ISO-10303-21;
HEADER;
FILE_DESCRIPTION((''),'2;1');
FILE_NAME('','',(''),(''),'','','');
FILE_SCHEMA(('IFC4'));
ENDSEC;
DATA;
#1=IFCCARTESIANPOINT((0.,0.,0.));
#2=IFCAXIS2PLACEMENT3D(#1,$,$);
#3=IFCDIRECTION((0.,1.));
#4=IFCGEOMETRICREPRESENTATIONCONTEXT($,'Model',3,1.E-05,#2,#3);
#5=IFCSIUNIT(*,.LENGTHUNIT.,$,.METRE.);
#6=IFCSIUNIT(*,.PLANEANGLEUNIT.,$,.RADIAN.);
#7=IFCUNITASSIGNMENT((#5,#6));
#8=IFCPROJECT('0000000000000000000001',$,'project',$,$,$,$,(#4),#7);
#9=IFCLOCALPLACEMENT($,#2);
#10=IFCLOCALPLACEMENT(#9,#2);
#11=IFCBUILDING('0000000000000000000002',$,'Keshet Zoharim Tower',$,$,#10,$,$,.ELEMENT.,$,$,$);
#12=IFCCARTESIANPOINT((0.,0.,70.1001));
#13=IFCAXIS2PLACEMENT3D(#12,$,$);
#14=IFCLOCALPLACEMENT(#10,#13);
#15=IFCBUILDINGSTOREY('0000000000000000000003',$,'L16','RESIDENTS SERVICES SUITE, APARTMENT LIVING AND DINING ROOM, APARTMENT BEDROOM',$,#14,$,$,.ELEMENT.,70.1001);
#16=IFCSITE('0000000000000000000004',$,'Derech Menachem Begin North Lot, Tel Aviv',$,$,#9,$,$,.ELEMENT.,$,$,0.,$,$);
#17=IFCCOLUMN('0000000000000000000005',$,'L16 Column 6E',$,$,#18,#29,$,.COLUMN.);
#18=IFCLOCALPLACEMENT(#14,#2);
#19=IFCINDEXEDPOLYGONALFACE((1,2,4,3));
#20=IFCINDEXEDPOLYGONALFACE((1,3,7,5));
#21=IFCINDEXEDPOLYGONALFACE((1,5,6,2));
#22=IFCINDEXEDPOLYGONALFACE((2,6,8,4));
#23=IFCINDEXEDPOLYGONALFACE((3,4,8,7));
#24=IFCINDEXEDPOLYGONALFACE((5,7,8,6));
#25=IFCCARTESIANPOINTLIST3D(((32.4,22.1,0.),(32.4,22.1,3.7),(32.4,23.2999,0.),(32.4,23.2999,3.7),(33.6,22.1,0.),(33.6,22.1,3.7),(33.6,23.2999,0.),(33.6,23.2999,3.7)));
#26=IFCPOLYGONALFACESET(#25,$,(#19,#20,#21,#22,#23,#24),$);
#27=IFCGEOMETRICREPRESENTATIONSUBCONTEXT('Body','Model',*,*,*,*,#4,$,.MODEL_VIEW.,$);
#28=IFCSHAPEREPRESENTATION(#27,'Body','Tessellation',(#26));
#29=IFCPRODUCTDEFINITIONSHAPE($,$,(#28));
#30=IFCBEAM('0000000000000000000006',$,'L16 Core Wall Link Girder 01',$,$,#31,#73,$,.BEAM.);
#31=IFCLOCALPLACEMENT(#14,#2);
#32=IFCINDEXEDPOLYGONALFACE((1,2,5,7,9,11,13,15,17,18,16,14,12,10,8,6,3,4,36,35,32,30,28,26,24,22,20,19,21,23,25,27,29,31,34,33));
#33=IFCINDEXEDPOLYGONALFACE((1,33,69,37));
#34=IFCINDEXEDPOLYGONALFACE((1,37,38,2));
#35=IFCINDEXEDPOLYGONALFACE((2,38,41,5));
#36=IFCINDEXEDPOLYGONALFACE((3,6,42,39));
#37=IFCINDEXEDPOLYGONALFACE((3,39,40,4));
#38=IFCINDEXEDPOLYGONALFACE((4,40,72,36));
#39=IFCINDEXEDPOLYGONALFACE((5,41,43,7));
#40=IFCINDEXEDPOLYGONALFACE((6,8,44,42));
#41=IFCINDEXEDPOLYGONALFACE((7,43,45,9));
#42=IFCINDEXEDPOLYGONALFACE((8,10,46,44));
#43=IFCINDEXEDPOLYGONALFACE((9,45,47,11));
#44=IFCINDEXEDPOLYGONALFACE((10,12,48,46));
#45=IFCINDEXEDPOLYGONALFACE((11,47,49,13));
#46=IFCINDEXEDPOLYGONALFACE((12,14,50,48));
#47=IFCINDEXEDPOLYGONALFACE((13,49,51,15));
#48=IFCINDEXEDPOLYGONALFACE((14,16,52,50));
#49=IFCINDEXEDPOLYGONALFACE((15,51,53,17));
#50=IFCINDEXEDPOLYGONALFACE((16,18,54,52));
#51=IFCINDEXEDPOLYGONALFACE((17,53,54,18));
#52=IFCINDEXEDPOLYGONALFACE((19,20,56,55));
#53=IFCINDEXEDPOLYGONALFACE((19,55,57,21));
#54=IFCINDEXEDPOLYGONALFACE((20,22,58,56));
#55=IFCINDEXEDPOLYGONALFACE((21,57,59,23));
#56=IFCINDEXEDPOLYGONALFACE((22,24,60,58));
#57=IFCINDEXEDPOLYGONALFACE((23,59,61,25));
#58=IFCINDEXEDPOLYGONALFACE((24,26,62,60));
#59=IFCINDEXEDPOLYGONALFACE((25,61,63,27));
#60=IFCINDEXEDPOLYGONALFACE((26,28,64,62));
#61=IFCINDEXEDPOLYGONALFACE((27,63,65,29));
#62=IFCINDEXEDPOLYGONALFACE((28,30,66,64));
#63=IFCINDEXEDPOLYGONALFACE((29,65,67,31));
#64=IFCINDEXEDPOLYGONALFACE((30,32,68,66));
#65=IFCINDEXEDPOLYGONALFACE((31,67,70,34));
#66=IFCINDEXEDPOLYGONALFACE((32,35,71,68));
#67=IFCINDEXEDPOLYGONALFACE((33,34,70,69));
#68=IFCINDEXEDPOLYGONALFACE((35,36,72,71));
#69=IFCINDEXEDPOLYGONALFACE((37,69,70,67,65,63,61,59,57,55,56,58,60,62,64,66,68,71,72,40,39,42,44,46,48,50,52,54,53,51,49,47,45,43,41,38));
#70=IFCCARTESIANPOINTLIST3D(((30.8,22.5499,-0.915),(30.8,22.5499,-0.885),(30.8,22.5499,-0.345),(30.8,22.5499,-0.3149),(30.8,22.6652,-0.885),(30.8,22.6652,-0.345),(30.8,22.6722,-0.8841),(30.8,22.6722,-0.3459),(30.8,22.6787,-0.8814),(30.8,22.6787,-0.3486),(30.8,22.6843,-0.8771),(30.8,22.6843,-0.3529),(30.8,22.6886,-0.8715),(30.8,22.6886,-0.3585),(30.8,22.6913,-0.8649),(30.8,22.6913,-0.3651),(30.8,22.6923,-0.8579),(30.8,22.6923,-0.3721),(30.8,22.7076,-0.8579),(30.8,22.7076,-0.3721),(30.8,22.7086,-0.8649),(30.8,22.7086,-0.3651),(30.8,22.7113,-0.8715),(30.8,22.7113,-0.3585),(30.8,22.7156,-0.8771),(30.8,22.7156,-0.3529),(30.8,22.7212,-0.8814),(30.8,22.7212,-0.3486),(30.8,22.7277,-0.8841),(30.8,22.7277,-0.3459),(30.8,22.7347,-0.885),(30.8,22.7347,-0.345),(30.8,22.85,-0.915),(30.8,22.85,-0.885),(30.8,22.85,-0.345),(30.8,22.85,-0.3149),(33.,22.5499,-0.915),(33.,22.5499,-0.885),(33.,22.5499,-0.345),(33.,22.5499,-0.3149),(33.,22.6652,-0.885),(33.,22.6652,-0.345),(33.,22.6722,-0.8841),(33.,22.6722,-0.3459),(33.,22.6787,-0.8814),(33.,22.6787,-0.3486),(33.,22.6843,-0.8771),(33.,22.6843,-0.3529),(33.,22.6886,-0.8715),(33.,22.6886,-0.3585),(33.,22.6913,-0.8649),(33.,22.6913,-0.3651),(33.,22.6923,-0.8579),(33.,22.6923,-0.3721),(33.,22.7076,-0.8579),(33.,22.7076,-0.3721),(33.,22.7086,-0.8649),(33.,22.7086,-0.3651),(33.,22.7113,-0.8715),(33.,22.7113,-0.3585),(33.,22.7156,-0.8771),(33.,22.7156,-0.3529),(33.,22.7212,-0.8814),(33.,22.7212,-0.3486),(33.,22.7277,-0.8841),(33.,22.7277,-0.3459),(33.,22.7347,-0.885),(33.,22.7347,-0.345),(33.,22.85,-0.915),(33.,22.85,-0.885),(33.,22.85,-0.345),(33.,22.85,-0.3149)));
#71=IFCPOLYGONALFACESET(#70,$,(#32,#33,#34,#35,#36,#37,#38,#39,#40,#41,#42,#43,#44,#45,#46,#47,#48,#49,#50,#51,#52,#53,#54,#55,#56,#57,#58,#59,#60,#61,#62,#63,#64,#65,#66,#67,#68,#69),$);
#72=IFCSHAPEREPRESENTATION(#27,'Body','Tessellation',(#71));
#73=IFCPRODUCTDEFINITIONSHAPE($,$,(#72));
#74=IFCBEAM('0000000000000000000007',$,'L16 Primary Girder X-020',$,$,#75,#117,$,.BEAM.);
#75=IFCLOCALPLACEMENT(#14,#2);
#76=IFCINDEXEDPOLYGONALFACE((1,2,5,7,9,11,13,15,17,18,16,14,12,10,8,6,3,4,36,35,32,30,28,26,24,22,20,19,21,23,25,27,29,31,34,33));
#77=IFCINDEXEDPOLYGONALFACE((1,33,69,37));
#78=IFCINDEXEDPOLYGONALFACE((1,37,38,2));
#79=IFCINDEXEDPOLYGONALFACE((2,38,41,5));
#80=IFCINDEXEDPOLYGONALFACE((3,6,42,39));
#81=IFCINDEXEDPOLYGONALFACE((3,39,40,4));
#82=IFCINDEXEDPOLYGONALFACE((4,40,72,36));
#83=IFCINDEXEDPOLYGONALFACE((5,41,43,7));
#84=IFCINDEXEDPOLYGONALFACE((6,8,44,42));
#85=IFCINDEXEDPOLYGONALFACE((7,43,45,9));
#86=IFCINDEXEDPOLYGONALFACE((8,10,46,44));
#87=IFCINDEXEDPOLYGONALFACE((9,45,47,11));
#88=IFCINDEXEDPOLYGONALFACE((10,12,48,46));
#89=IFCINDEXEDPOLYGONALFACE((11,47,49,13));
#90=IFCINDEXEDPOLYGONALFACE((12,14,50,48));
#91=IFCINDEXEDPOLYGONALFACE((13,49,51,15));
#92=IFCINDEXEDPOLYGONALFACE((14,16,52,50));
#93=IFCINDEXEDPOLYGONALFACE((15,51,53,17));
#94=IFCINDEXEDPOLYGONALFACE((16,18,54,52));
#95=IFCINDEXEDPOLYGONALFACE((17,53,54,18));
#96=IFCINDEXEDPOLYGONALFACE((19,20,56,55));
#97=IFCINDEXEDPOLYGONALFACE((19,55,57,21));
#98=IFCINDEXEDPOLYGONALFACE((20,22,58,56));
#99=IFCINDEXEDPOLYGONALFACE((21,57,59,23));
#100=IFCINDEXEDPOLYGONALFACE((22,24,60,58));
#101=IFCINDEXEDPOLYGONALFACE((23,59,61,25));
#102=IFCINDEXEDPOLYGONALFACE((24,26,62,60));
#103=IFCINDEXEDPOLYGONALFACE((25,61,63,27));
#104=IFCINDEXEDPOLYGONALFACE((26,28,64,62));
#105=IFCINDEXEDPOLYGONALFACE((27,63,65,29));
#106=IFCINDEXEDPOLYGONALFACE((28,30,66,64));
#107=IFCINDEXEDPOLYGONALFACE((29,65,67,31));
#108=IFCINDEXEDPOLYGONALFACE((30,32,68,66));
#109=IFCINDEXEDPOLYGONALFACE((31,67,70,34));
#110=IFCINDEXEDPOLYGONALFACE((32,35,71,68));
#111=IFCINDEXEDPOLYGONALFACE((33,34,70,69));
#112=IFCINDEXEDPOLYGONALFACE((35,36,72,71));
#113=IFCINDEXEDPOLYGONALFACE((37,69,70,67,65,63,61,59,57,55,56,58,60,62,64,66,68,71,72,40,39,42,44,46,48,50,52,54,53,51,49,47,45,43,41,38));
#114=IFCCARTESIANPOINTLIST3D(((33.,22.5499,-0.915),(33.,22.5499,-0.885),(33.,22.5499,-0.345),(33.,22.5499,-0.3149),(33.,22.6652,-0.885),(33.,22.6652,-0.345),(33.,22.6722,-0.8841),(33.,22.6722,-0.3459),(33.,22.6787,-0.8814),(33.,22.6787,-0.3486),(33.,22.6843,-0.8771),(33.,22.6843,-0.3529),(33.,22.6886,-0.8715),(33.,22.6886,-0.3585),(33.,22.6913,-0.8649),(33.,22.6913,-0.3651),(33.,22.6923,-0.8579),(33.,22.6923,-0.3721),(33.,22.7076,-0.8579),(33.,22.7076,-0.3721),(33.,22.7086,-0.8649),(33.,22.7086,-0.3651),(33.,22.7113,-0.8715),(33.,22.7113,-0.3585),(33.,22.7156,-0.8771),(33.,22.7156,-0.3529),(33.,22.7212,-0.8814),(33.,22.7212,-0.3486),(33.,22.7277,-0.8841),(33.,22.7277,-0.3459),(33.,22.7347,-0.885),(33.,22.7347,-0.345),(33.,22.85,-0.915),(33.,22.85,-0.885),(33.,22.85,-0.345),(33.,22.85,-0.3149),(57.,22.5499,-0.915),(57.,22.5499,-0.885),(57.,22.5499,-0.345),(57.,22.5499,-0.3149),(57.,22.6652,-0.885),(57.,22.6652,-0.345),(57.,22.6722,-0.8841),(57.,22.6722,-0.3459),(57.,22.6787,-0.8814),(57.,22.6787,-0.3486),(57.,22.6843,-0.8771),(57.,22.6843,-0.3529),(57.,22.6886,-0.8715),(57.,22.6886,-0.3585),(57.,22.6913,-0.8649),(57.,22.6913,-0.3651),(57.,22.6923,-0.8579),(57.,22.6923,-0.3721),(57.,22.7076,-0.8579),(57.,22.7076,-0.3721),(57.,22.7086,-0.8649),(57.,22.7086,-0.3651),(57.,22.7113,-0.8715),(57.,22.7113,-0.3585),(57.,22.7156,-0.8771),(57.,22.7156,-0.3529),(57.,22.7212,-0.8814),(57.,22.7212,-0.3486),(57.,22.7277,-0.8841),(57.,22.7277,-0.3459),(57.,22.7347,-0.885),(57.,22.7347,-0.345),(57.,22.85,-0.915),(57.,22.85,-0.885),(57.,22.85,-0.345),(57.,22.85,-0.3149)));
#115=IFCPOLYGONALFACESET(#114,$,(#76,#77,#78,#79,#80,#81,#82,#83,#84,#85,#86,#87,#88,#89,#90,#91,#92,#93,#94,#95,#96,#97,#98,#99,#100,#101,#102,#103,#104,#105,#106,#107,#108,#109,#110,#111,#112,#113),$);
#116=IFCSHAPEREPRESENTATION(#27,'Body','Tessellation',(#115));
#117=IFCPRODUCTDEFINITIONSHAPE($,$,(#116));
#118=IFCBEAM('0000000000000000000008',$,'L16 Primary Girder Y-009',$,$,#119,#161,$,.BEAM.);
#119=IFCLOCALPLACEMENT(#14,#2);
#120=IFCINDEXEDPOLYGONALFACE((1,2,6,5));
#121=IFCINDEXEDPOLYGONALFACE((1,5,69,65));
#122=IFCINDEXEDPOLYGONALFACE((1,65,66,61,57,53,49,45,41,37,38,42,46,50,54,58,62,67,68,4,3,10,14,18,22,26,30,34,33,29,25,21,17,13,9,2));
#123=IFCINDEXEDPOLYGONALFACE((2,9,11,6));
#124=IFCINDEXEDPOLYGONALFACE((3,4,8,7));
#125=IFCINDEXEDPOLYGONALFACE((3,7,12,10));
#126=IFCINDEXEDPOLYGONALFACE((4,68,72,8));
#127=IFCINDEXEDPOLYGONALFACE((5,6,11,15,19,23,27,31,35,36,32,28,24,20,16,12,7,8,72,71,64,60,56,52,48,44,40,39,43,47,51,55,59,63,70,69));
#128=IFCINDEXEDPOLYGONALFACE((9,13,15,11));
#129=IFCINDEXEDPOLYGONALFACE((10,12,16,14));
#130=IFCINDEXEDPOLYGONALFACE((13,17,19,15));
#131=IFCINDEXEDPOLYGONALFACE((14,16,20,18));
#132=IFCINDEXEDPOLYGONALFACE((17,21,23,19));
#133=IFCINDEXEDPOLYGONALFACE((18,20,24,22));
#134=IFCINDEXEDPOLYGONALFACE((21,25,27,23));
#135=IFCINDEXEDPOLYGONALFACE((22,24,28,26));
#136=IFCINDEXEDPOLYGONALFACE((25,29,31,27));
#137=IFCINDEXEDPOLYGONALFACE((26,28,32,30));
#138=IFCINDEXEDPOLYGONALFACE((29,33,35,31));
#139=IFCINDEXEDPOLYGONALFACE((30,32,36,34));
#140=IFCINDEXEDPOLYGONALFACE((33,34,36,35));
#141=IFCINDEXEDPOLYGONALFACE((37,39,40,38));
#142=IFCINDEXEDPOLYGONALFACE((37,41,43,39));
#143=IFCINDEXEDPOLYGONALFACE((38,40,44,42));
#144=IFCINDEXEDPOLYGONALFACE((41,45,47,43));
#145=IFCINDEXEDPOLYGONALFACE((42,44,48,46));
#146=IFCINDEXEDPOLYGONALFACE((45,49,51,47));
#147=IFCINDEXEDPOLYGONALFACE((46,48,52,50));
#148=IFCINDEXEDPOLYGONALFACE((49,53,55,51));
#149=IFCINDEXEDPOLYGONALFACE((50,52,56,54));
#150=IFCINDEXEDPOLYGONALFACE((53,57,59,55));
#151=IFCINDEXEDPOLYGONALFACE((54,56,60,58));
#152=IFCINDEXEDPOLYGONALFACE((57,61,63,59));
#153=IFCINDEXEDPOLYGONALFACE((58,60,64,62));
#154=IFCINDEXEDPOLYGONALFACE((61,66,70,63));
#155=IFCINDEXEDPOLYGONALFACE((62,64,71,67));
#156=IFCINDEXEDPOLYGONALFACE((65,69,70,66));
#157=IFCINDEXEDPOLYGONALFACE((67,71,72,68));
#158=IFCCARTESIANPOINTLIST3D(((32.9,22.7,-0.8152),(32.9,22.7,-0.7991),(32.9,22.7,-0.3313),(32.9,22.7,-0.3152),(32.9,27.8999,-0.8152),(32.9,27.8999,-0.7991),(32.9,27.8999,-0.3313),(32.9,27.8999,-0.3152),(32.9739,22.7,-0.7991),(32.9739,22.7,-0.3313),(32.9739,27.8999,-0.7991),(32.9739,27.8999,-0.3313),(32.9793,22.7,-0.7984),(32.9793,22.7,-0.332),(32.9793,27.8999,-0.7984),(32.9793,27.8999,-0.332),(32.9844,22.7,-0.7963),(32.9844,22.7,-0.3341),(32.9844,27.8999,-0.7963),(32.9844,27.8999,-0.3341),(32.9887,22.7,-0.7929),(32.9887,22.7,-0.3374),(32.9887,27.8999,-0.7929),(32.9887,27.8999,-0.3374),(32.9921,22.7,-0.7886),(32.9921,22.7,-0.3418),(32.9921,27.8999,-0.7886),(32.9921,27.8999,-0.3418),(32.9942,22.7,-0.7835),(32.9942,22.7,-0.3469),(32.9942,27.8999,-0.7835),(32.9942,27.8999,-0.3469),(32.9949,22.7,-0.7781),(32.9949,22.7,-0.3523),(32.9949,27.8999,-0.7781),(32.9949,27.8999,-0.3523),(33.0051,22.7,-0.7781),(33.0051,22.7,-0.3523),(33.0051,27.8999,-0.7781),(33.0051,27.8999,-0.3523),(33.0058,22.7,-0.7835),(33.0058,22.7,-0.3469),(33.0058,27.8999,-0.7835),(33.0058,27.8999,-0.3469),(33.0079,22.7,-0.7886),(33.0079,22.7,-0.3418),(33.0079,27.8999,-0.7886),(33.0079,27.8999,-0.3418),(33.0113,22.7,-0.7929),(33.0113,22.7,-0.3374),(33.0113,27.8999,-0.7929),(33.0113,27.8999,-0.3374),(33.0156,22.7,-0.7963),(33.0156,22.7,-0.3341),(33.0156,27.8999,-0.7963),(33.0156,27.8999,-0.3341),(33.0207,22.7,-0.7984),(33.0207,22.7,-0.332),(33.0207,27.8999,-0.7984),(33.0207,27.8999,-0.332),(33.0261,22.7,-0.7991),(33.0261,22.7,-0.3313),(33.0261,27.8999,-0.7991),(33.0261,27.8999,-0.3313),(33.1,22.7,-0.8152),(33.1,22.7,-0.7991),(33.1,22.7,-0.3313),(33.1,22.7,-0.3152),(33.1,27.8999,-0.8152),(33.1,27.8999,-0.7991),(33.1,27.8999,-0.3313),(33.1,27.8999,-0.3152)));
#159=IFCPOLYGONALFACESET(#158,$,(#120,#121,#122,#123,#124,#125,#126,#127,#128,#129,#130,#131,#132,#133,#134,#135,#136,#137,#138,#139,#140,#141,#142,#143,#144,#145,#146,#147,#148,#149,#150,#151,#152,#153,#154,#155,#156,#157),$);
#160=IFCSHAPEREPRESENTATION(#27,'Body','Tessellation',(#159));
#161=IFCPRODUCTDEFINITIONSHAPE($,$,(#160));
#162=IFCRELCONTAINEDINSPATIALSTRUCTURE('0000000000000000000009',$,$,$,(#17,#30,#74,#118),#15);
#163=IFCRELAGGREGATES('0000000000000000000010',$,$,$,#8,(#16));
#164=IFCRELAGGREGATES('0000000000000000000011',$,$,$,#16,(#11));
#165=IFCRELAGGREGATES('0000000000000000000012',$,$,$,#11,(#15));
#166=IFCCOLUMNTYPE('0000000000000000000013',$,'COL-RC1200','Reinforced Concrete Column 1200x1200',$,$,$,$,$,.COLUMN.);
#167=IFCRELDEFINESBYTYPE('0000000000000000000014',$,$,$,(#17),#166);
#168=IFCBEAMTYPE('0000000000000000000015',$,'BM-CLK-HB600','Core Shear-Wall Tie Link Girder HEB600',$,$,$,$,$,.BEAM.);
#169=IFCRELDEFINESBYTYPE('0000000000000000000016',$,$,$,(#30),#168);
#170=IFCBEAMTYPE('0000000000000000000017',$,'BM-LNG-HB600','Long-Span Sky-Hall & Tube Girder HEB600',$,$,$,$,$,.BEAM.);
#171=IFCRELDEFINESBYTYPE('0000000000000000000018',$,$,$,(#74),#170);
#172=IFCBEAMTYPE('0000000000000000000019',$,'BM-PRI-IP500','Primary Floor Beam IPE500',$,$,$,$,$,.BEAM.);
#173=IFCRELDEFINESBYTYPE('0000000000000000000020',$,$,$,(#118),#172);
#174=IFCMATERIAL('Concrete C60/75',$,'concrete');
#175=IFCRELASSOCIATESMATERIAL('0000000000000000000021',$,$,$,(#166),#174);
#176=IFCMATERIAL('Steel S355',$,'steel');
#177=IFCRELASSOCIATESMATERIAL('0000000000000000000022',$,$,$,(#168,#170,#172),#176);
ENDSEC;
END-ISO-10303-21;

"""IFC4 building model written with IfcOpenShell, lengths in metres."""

from ifc_helpers import new_model, si_unit, direction, frame, origin, origin_2d, place, context, subcontext, project, spatial, rectangle, i_section, extrude, material, material_profile, profile_set, type_object, element, save


model = new_model("IFC4")

# Units and contexts
model_context = context("Model", 3, precision=1e-05, world=origin(), true_north=direction((0.0, 1.0)))
body_context = subcontext(model_context, "Body", "Model", "MODEL_VIEW")
ifc_project = project(units=[si_unit("LENGTHUNIT", "METRE"), si_unit("PLANEANGLEUNIT", "RADIAN")], contexts=[model_context])

# Site, building, storey
site_placement = place(None, origin())
site = spatial("IfcSite", under=ifc_project, at=site_placement, Name="Derech Menachem Begin North Lot, Tel Aviv", CompositionType="ELEMENT", RefElevation=0.0)
building_placement = place(site_placement, origin())
building = spatial("IfcBuilding", under=site, at=building_placement, Name="Keshet Zoharim Tower", CompositionType="ELEMENT")
storey_placement = place(building_placement, frame((0.0, 0.0, 70.1001)))
storey = spatial("IfcBuildingStorey", under=building, at=storey_placement, Name="L16", Description="RESIDENTS SERVICES SUITE, APARTMENT LIVING AND DINING ROOM, APARTMENT BEDROOM", CompositionType="ELEMENT", Elevation=70.1001)

# Column
ifc_material_1 = material(Name="Concrete C60/75", Category="concrete")
ifc_material_profile_1 = material_profile(ifc_material_1, rectangle(XDim=1.2, YDim=1.2, at=origin_2d()), Name="RC1200x1200")
ifc_profile_set_1 = profile_set([ifc_material_profile_1], Name="Concrete C60/75")
column_type = type_object("IfcColumnType", Name="COL-RC1200", Description="Reinforced Concrete Column 1200x1200", PredefinedType="COLUMN", material=ifc_profile_set_1)
column_placement = place(storey_placement, frame((33.0, 22.7, 0.0), z_axis=(0.0, 0.0, 1.0), x_axis=(1.0, 0.0, 0.0)))
element("IfcColumn", 1, at=column_placement, inside=storey, type_object=column_type, Name="L16 Column 6E", PredefinedType="COLUMN", context=body_context, shape_type="SweptSolid", body=[
    extrude(rectangle(XDim=1.2, YDim=1.2, at=origin_2d()), origin(), (0.0, 0.0, 1.0), 3.7),
])

# Beams
ifc_material_2 = material(Name="Steel S355", Category="steel")
ifc_material_profile_2 = material_profile(ifc_material_2, i_section(OverallWidth=0.3, OverallDepth=0.6001, WebThickness=0.0154, FlangeThickness=0.03, FilletRadius=0.0271, at=origin_2d()), Name="HEB600")
ifc_profile_set_2 = profile_set([ifc_material_profile_2], Name="Steel S355")
beam_type_1 = type_object("IfcBeamType", Name="BM-CLK-HB600", Description="Core Shear-Wall Tie Link Girder HEB600", PredefinedType="BEAM", material=ifc_profile_set_2)
beam_1_placement = place(storey_placement, frame((30.8, 22.7, -0.615), z_axis=(1.0, 0.0, 0.0), x_axis=(0.0, 1.0, 0.0)))
element("IfcBeam", 2, at=beam_1_placement, inside=storey, type_object=beam_type_1, Name="L16 Core Wall Link Girder 01", PredefinedType="BEAM", context=body_context, shape_type="SweptSolid", body=[
    extrude(i_section(OverallWidth=0.3, OverallDepth=0.6001, WebThickness=0.0154, FlangeThickness=0.03, FilletRadius=0.0271, at=origin_2d()), origin(), (0.0, 0.0, 1.0), 2.2),
])
ifc_material_profile_3 = material_profile(ifc_material_2, i_section(OverallWidth=0.3, OverallDepth=0.6001, WebThickness=0.0154, FlangeThickness=0.03, FilletRadius=0.0271, at=origin_2d()), Name="HEB600")
ifc_profile_set_3 = profile_set([ifc_material_profile_3], Name="Steel S355")
beam_type_2 = type_object("IfcBeamType", Name="BM-LNG-HB600", Description="Long-Span Sky-Hall & Tube Girder HEB600", PredefinedType="BEAM", material=ifc_profile_set_3)
beam_2_placement = place(storey_placement, frame((33.0, 22.7, -0.615), z_axis=(1.0, 0.0, 0.0), x_axis=(0.0, 1.0, 0.0)))
element("IfcBeam", 3, at=beam_2_placement, inside=storey, type_object=beam_type_2, Name="L16 Primary Girder X-020", PredefinedType="BEAM", context=body_context, shape_type="SweptSolid", body=[
    extrude(i_section(OverallWidth=0.3, OverallDepth=0.6001, WebThickness=0.0154, FlangeThickness=0.03, FilletRadius=0.0271, at=origin_2d()), origin(), (0.0, 0.0, 1.0), 24.0),
])
ifc_material_profile_4 = material_profile(ifc_material_2, i_section(OverallWidth=0.2, OverallDepth=0.5, WebThickness=0.0103, FlangeThickness=0.0161, FilletRadius=0.021, at=origin_2d()), Name="IPE500")
ifc_profile_set_4 = profile_set([ifc_material_profile_4], Name="Steel S355")
beam_type_3 = type_object("IfcBeamType", Name="BM-PRI-IP500", Description="Primary Floor Beam IPE500", PredefinedType="BEAM", material=ifc_profile_set_4)
beam_3_placement = place(storey_placement, frame((33.0, 22.7, -0.5652), z_axis=(0.0, 1.0, 0.0), x_axis=(-1.0, 0.0, 0.0)))
element("IfcBeam", 4, at=beam_3_placement, inside=storey, type_object=beam_type_3, Name="L16 Primary Girder Y-009", PredefinedType="BEAM", context=body_context, shape_type="SweptSolid", body=[
    extrude(i_section(OverallWidth=0.2, OverallDepth=0.5, WebThickness=0.0103, FlangeThickness=0.0161, FilletRadius=0.021, at=origin_2d()), origin(), (0.0, 0.0, 1.0), 5.2),
])

save(model, "model.ifc")
